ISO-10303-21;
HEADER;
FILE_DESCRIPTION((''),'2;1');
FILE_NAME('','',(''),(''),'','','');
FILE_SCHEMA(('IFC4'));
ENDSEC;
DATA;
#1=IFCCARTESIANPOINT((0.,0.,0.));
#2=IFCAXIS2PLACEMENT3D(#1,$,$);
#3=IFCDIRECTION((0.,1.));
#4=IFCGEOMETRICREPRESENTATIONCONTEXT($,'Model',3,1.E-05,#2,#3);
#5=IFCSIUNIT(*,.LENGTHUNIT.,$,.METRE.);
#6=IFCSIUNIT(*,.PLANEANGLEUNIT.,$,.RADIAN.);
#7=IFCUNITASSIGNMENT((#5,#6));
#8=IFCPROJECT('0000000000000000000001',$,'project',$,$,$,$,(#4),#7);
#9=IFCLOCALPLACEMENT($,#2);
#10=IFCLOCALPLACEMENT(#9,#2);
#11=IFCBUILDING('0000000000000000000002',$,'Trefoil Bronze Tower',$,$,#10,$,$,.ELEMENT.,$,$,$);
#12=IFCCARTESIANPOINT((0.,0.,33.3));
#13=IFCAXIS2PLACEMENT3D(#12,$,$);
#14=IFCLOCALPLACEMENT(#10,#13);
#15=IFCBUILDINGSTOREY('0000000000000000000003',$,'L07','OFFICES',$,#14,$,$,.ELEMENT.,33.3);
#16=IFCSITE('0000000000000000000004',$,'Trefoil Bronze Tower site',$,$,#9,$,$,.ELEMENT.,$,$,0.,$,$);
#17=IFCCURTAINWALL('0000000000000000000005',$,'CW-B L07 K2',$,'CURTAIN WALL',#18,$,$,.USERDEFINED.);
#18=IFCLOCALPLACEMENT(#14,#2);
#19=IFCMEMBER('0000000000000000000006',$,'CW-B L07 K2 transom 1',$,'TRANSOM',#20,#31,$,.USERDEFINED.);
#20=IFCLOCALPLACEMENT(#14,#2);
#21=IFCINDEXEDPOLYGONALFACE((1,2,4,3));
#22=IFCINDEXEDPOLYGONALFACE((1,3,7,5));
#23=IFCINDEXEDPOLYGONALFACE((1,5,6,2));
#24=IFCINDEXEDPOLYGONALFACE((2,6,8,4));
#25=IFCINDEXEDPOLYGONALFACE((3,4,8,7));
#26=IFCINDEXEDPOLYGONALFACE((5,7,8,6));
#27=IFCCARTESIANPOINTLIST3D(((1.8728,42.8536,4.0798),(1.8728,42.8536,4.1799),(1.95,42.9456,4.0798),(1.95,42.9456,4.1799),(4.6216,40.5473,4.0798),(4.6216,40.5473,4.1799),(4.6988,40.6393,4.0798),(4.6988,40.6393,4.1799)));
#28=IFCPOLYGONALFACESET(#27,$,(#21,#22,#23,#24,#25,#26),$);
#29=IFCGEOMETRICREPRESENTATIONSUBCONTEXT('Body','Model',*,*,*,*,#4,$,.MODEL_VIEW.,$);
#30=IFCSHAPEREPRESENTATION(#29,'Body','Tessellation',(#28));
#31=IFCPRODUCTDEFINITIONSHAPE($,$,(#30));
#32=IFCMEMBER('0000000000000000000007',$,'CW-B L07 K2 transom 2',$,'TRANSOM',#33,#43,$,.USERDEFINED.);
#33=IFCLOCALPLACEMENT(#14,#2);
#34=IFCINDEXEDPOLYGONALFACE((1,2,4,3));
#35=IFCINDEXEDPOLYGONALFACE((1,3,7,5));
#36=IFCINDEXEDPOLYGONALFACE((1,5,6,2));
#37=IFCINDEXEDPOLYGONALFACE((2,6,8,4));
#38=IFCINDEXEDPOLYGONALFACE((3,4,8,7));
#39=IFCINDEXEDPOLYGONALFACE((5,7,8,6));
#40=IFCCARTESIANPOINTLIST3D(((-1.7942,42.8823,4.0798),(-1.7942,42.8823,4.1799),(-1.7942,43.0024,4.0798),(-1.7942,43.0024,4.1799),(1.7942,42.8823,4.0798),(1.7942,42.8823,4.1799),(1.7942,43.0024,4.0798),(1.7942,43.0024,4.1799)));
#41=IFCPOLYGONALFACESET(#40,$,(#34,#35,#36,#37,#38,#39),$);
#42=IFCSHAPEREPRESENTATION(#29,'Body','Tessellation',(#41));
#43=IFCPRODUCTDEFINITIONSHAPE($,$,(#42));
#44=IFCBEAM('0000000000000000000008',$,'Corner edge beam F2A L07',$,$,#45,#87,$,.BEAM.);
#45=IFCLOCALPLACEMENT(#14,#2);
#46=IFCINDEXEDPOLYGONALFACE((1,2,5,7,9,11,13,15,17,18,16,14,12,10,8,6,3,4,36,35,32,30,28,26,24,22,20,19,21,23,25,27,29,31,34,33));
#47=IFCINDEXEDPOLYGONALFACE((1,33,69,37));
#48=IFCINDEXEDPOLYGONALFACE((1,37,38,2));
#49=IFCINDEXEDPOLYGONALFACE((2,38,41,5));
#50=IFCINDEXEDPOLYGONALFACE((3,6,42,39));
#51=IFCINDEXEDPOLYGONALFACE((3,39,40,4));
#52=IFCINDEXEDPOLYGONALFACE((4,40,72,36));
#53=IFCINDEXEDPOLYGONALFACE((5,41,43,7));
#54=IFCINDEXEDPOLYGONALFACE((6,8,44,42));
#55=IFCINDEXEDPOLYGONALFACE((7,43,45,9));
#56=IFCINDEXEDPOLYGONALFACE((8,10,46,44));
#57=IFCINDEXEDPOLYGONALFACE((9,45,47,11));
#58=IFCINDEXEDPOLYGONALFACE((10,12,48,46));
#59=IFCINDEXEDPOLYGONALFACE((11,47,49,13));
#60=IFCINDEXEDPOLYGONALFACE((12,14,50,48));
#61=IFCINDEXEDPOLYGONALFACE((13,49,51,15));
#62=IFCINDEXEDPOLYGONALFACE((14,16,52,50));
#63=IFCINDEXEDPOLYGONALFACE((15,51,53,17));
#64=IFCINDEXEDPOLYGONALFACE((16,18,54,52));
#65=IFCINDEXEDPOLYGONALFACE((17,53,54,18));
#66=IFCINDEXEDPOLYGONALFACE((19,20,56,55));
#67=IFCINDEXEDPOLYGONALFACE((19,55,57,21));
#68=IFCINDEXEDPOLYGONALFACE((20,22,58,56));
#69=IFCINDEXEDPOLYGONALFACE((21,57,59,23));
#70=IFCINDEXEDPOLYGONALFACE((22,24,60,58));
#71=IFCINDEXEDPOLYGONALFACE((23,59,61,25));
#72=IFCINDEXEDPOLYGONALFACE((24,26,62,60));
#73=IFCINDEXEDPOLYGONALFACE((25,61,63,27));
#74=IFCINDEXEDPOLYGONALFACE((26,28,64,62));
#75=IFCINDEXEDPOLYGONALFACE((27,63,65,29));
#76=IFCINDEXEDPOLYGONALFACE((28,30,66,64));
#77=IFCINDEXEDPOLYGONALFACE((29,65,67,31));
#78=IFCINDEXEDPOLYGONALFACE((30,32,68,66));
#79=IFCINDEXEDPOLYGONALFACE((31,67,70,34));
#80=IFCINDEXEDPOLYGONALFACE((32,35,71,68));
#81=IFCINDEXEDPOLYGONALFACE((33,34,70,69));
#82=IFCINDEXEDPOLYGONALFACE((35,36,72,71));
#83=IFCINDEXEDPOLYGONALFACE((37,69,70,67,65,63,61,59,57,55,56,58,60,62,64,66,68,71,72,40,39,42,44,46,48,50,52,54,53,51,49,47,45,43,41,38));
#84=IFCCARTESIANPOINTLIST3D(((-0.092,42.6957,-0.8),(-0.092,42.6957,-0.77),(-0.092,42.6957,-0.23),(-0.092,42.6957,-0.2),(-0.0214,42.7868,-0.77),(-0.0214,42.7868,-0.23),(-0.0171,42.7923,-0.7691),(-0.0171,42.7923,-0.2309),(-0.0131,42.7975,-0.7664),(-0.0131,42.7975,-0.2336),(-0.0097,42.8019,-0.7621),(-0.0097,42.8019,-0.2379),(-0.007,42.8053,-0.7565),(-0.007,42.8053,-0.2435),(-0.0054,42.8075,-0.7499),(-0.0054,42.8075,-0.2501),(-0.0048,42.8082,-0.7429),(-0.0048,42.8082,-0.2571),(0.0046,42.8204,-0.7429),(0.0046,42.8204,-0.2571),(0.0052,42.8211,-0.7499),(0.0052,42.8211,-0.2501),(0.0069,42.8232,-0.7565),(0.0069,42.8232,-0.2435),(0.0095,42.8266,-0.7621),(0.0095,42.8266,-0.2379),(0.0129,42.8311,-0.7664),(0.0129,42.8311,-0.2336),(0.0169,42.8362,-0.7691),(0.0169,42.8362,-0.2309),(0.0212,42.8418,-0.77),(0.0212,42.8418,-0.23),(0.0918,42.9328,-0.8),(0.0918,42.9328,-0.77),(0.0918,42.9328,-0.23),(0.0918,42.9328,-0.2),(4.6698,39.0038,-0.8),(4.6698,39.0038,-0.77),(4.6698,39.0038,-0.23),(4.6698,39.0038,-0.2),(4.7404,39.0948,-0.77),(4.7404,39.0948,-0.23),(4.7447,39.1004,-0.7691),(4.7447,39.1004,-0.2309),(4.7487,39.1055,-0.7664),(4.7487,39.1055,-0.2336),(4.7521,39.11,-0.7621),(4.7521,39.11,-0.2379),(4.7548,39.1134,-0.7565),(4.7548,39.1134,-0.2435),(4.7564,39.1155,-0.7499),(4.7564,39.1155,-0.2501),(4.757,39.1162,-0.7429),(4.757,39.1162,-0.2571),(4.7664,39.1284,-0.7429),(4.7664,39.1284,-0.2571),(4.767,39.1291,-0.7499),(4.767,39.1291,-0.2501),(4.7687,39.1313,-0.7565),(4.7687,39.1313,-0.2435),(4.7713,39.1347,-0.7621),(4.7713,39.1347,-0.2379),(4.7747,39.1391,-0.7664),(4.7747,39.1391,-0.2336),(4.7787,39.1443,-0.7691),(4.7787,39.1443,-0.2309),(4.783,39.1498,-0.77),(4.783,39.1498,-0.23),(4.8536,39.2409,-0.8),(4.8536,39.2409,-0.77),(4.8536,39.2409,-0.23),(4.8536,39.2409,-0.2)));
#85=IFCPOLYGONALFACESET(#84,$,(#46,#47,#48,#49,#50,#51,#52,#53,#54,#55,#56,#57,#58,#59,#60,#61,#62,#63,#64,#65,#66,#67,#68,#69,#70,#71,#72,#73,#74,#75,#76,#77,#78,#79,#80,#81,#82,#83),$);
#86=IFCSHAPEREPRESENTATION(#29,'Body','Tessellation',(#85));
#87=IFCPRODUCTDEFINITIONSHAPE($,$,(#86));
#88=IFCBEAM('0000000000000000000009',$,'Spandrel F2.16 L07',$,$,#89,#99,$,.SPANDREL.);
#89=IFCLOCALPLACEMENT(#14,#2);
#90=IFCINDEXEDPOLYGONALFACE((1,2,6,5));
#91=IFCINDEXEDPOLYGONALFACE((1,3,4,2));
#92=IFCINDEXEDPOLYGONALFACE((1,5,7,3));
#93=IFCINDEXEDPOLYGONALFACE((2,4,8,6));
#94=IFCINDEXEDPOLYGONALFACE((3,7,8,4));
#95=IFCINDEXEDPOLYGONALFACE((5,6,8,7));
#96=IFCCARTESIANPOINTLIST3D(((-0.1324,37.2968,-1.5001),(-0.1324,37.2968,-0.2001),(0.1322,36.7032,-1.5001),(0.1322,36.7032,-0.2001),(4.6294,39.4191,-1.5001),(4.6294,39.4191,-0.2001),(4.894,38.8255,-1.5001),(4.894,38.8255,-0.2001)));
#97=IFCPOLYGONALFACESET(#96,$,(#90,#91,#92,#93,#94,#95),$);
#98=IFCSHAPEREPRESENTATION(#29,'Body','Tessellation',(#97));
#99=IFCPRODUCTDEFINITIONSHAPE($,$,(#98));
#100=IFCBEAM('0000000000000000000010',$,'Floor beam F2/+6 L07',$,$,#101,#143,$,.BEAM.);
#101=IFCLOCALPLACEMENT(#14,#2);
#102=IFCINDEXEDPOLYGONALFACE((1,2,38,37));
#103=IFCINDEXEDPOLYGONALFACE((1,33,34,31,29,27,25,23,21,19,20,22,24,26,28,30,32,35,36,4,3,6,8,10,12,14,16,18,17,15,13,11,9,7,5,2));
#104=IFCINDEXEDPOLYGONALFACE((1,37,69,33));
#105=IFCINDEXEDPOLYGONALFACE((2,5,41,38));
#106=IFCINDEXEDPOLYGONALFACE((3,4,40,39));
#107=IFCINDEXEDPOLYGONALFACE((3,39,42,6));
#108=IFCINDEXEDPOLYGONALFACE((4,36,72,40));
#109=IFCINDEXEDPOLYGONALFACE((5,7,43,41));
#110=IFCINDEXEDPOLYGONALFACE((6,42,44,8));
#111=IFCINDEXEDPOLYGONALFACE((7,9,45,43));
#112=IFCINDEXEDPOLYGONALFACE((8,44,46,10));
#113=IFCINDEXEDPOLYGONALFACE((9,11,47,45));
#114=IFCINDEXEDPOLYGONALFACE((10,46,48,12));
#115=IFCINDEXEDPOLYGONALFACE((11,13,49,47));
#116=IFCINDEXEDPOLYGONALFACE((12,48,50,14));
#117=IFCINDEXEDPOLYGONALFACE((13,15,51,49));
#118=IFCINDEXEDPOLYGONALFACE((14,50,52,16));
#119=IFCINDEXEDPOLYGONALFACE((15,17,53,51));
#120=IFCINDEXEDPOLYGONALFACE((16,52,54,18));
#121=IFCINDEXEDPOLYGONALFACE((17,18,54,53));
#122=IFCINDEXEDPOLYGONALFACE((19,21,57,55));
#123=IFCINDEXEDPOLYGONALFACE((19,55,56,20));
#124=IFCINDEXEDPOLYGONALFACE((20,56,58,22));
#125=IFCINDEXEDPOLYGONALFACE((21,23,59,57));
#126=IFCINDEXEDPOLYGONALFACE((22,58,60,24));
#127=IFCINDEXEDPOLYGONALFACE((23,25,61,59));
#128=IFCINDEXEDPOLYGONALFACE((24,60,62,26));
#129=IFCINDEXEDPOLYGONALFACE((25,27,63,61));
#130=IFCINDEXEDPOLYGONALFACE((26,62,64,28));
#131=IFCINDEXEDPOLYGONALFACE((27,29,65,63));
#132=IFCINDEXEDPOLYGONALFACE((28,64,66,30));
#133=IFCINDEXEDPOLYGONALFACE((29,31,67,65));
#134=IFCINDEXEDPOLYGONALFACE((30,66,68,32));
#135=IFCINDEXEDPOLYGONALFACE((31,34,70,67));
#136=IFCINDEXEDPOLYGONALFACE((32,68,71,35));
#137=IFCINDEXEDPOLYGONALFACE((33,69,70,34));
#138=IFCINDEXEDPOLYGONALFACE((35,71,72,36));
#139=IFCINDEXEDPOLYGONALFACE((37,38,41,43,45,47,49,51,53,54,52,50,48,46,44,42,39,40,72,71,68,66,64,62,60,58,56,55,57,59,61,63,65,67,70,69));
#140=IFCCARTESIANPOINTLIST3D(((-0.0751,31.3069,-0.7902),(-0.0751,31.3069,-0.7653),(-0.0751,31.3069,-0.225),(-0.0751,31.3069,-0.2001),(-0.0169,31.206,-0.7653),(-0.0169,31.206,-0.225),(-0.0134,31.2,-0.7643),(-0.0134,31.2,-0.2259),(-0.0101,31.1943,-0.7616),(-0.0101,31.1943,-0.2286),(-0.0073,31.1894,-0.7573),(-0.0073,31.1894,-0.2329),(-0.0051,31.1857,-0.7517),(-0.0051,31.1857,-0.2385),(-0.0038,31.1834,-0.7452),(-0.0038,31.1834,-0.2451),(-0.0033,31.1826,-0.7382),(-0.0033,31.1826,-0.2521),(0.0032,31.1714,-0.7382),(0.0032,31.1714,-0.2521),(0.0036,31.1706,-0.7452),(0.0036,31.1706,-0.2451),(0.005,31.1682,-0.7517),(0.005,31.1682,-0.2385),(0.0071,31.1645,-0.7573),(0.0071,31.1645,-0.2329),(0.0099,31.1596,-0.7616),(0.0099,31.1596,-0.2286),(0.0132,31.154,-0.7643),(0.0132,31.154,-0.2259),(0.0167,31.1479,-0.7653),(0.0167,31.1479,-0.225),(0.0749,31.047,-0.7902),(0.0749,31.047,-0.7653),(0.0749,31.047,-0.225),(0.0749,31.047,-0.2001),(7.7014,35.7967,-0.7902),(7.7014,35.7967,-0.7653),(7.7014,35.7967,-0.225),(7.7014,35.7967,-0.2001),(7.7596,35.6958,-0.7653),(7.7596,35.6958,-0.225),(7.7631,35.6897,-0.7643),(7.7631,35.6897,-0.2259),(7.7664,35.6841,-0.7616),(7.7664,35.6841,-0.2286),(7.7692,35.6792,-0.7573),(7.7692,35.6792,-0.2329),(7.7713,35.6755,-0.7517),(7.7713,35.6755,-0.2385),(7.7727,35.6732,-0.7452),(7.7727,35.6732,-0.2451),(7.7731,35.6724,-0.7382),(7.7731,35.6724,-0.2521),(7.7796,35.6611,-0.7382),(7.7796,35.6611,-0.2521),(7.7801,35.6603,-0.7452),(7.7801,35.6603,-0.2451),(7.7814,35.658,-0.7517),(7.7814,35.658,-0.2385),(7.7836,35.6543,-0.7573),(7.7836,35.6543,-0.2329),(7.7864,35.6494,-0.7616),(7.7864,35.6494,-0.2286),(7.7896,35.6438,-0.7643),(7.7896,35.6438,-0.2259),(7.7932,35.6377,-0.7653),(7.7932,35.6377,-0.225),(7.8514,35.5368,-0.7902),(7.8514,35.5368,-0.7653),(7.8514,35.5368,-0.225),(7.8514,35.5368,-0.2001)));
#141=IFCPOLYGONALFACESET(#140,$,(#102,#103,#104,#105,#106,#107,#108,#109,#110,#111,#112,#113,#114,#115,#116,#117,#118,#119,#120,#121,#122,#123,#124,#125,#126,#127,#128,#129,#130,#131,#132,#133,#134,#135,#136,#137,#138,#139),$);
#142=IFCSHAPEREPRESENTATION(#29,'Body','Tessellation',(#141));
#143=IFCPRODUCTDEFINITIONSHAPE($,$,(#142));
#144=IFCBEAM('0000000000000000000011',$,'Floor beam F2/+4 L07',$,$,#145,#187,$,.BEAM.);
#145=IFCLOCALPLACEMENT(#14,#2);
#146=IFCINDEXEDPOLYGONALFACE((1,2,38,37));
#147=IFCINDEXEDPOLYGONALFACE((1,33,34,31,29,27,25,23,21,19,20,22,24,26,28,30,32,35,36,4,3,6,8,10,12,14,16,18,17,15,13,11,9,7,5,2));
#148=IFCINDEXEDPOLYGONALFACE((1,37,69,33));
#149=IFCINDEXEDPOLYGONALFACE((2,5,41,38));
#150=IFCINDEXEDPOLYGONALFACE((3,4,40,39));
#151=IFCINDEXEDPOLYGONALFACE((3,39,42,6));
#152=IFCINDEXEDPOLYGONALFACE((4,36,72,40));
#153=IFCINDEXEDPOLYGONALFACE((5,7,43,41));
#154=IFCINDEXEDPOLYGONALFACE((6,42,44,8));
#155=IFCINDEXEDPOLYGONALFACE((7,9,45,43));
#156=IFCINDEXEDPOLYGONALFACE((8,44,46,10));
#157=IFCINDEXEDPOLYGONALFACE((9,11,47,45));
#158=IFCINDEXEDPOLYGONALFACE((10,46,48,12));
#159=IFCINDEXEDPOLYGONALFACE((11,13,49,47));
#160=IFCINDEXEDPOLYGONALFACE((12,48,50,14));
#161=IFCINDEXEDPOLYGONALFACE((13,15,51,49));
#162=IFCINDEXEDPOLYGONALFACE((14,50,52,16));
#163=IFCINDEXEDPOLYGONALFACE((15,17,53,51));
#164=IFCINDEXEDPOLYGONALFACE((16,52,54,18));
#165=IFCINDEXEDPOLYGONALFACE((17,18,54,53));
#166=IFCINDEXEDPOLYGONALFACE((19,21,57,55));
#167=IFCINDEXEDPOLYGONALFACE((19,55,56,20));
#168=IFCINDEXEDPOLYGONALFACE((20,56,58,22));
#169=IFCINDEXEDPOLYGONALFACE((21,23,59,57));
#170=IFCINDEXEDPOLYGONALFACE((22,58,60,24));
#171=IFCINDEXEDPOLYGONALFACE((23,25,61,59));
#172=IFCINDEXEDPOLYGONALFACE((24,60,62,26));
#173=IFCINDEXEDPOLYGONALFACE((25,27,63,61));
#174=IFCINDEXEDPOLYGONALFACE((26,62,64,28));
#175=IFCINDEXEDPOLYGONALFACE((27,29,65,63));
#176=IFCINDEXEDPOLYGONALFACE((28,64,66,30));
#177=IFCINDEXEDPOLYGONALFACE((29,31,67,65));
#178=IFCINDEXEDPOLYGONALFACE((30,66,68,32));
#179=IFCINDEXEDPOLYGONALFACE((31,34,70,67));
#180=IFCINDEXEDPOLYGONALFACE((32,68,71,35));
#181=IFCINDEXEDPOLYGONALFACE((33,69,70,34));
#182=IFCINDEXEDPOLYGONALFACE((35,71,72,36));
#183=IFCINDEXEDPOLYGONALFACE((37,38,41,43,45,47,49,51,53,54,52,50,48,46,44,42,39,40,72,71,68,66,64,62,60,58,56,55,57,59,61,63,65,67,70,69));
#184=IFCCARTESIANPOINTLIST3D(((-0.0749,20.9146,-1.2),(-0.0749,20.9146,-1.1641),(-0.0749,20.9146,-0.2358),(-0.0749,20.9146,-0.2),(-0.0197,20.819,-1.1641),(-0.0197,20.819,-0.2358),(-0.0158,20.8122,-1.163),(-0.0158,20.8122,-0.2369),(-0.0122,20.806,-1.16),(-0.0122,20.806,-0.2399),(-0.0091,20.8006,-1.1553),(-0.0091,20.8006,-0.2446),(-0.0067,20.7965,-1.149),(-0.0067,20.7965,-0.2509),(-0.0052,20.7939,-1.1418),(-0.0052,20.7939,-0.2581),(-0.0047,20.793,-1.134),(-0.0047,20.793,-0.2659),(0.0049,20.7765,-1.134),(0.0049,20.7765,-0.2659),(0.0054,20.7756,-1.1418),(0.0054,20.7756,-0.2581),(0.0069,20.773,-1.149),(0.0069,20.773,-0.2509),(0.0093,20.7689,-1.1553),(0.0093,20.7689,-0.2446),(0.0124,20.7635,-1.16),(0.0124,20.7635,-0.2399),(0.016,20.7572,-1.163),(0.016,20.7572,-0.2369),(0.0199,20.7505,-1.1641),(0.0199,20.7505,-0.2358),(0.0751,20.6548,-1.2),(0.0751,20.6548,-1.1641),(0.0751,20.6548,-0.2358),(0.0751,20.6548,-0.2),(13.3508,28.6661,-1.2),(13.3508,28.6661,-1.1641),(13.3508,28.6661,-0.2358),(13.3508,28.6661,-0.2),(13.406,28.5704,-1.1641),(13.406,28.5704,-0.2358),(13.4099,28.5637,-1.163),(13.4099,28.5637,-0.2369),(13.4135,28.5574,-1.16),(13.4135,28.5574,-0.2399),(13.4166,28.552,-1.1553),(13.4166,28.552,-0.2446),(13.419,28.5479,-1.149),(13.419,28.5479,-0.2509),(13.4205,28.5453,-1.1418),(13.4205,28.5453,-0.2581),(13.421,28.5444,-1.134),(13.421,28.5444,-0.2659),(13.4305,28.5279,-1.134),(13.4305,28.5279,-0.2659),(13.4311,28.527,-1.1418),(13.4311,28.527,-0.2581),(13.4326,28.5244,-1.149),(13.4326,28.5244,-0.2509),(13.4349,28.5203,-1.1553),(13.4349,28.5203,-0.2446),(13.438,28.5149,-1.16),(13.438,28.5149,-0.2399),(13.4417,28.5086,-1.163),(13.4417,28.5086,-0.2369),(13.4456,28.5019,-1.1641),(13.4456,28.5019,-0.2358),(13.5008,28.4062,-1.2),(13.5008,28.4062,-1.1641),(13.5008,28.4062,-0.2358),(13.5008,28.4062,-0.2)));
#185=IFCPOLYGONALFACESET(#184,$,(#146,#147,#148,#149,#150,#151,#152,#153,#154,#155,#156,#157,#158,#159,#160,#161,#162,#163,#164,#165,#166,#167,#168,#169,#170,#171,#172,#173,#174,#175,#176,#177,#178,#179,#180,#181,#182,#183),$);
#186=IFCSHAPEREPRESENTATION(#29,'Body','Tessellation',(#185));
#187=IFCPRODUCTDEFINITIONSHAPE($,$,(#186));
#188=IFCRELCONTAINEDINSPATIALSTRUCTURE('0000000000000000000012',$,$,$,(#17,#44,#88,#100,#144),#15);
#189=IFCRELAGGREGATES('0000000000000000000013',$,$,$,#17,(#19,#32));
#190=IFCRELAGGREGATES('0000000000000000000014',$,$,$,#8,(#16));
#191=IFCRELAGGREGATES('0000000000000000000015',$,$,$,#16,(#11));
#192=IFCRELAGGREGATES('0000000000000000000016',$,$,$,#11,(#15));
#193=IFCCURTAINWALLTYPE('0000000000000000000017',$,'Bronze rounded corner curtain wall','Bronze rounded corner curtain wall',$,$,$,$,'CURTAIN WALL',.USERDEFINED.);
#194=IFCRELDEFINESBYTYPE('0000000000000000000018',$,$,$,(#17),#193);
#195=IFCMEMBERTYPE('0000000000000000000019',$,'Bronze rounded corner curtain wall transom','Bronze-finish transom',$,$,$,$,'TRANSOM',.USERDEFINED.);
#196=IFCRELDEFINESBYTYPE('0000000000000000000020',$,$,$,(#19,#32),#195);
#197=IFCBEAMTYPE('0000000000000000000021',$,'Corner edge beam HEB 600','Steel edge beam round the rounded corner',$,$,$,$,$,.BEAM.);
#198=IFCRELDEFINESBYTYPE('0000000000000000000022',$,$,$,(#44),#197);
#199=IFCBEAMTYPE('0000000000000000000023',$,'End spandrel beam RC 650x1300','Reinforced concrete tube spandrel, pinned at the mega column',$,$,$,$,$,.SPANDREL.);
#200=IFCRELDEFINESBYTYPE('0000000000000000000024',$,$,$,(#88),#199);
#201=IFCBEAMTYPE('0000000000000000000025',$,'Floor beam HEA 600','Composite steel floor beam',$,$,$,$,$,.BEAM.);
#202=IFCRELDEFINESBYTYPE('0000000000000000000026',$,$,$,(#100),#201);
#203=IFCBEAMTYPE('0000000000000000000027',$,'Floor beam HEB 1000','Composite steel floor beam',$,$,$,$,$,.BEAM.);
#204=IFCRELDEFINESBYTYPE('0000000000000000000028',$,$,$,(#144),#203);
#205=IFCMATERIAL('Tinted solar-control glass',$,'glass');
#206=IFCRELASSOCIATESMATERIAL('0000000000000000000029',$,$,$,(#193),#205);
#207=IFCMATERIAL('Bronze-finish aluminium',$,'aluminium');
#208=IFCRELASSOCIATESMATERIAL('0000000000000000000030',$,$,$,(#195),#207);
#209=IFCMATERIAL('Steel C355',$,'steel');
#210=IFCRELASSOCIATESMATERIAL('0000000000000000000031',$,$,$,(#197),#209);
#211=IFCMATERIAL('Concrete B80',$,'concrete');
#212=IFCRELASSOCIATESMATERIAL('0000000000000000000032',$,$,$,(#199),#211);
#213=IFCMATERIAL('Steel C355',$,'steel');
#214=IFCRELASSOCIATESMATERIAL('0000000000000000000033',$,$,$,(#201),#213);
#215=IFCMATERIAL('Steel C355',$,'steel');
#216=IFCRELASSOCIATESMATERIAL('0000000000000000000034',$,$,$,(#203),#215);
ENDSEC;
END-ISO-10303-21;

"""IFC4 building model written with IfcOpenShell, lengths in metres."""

from ifc_helpers import new_model, si_unit, direction, frame, origin, origin_2d, place, context, subcontext, project, spatial, rectangle, i_section, extrude, material, material_profile, profile_set, type_object, element, aggregate, save


model = new_model("IFC4")

# Units and contexts
model_context = context("Model", 3, precision=1e-05, world=origin(), true_north=direction((0.0, 1.0)))
body_context = subcontext(model_context, "Body", "Model", "MODEL_VIEW")
ifc_project = project(units=[si_unit("LENGTHUNIT", "METRE"), si_unit("PLANEANGLEUNIT", "RADIAN")], contexts=[model_context])

# Site, building, storey
site_placement = place(None, origin())
site = spatial("IfcSite", under=ifc_project, at=site_placement, Name="Trefoil Bronze Tower site", CompositionType="ELEMENT", RefElevation=0.0)
building_placement = place(site_placement, origin())
building = spatial("IfcBuilding", under=site, at=building_placement, Name="Trefoil Bronze Tower", CompositionType="ELEMENT")
storey_placement = place(building_placement, frame((0.0, 0.0, 33.3)))
storey = spatial("IfcBuildingStorey", under=building, at=storey_placement, Name="L07", Description="OFFICES", CompositionType="ELEMENT", Elevation=33.3)

# Curtain wall, members
ifc_material_1 = material(Name="Tinted solar-control glass", Category="glass")
curtain_wall_type_1 = type_object("IfcCurtainWallType", Name="Bronze rounded corner curtain wall", Description="Bronze rounded corner curtain wall", ElementType="CURTAIN WALL", PredefinedType="USERDEFINED", material=ifc_material_1)
curtain_wall_1_placement = place(storey_placement, origin())
curtain_wall_1 = element("IfcCurtainWall", 1, at=curtain_wall_1_placement, inside=storey, type_object=curtain_wall_type_1, Name="CW-B L07 K2", ObjectType="CURTAIN WALL", PredefinedType="USERDEFINED")
ifc_material_2 = material(Name="Bronze-finish aluminium", Category="aluminium")
ifc_material_profile_1 = material_profile(ifc_material_2, rectangle(XDim=0.1201, YDim=0.1001, at=origin_2d()), Name="CW-B transom")
ifc_profile_set_1 = profile_set([ifc_material_profile_1], Name="Bronze-finish aluminium")
member_type_1 = type_object("IfcMemberType", Name="Bronze rounded corner curtain wall transom", Description="Bronze-finish transom", ElementType="TRANSOM", PredefinedType="USERDEFINED", material=ifc_profile_set_1)
member_1_placement = place(storey_placement, frame((4.6602, 40.5933, 4.1299), z_axis=(-0.766059, 0.642771, 0.0), x_axis=(-0.642771, -0.766059, 0.0)))
member_1 = element("IfcMember", 2, at=member_1_placement, type_object=member_type_1, Name="CW-B L07 K2 transom 1", ObjectType="TRANSOM", PredefinedType="USERDEFINED", context=body_context, shape_type="SweptSolid", body=[
    extrude(rectangle(XDim=0.1201, YDim=0.1001, at=origin_2d()), origin(), (0.0, 0.0, 1.0), 3.5881),
])
member_2_placement = place(storey_placement, frame((1.7942, 42.9424, 4.1299), z_axis=(-1.0, 0.0, 0.0), x_axis=(0.0, -1.0, 0.0)))
member_2 = element("IfcMember", 3, at=member_2_placement, type_object=member_type_1, Name="CW-B L07 K2 transom 2", ObjectType="TRANSOM", PredefinedType="USERDEFINED", context=body_context, shape_type="SweptSolid", body=[
    extrude(rectangle(XDim=0.1201, YDim=0.1001, at=origin_2d()), origin(), (0.0, 0.0, 1.0), 3.5884),
])

# Beams
ifc_material_3 = material(Name="Steel C355", Category="steel")
ifc_material_profile_2 = material_profile(ifc_material_3, i_section(OverallWidth=0.3, OverallDepth=0.6001, WebThickness=0.0154, FlangeThickness=0.03, FilletRadius=0.0271, at=origin_2d()), Name="HEB 600")
ifc_profile_set_2 = profile_set([ifc_material_profile_2], Name="Steel C355")
beam_type_1 = type_object("IfcBeamType", Name="Corner edge beam HEB 600", Description="Steel edge beam round the rounded corner", PredefinedType="BEAM", material=ifc_profile_set_2)
beam_1_placement = place(storey_placement, frame((4.7617, 39.1223, -0.5), z_axis=(-0.790289, 0.612734, 0.0), x_axis=(-0.612734, -0.790289, 0.0)))
element("IfcBeam", 4, at=beam_1_placement, inside=storey, type_object=beam_type_1, Name="Corner edge beam F2A L07", PredefinedType="BEAM", context=body_context, shape_type="SweptSolid", body=[
    extrude(i_section(OverallWidth=0.3, OverallDepth=0.6001, WebThickness=0.0154, FlangeThickness=0.03, FilletRadius=0.0271, at=origin_2d()), origin(), (0.0, 0.0, 1.0), 6.0254),
])
ifc_material_4 = material(Name="Concrete B80", Category="concrete")
ifc_material_profile_3 = material_profile(ifc_material_4, rectangle(XDim=0.6499, YDim=1.3, at=origin_2d()), Name="RC 650x1300")
ifc_profile_set_3 = profile_set([ifc_material_profile_3], Name="Concrete B80")
beam_type_2 = type_object("IfcBeamType", Name="End spandrel beam RC 650x1300", Description="Reinforced concrete tube spandrel, pinned at the mega column", PredefinedType="SPANDREL", material=ifc_profile_set_3)
beam_2_placement = place(storey_placement, frame((4.7617, 39.1223, -0.8501), z_axis=(-0.913384, -0.407099, 0.0), x_axis=(0.407099, -0.913384, 0.0)))
element("IfcBeam", 5, at=beam_2_placement, inside=storey, type_object=beam_type_2, Name="Spandrel F2.16 L07", PredefinedType="SPANDREL", context=body_context, shape_type="SweptSolid", body=[
    extrude(rectangle(XDim=0.6499, YDim=1.3, at=origin_2d()), origin(), (0.0, 0.0, 1.0), 5.2134),
])
ifc_material_5 = material(Name="Steel C355", Category="steel")
ifc_material_profile_4 = material_profile(ifc_material_5, i_section(OverallWidth=0.3, OverallDepth=0.5901, WebThickness=0.0129, FlangeThickness=0.0249, FilletRadius=0.0271, at=origin_2d()), Name="HEA 600")
ifc_profile_set_4 = profile_set([ifc_material_profile_4], Name="Steel C355")
beam_type_3 = type_object("IfcBeamType", Name="Floor beam HEA 600", Description="Composite steel floor beam", PredefinedType="BEAM", material=ifc_profile_set_4)
beam_3_placement = place(storey_placement, frame((7.7764, 35.6667, -0.4951), z_axis=(-0.866023, -0.500005, 0.0), x_axis=(0.500005, -0.866023, 0.0)))
element("IfcBeam", 6, at=beam_3_placement, inside=storey, type_object=beam_type_3, Name="Floor beam F2/+6 L07", PredefinedType="BEAM", context=body_context, shape_type="SweptSolid", body=[
    extrude(i_section(OverallWidth=0.3, OverallDepth=0.5901, WebThickness=0.0129, FlangeThickness=0.0249, FilletRadius=0.0271, at=origin_2d()), origin(), (0.0, 0.0, 1.0), 8.9795),
])
ifc_material_6 = material(Name="Steel C355", Category="steel")
ifc_material_profile_5 = material_profile(ifc_material_6, i_section(OverallWidth=0.3, OverallDepth=1.0, WebThickness=0.019, FlangeThickness=0.0359, FilletRadius=0.03, at=origin_2d()), Name="HEB 1000")
ifc_profile_set_5 = profile_set([ifc_material_profile_5], Name="Steel C355")
beam_type_4 = type_object("IfcBeamType", Name="Floor beam HEB 1000", Description="Composite steel floor beam", PredefinedType="BEAM", material=ifc_profile_set_5)
beam_4_placement = place(storey_placement, frame((13.4258, 28.5361, -0.7), z_axis=(-0.866023, -0.500004, 0.0), x_axis=(0.500004, -0.866023, 0.0)))
element("IfcBeam", 7, at=beam_4_placement, inside=storey, type_object=beam_type_4, Name="Floor beam F2/+4 L07", PredefinedType="BEAM", context=body_context, shape_type="SweptSolid", body=[
    extrude(i_section(OverallWidth=0.3, OverallDepth=1.0, WebThickness=0.019, FlangeThickness=0.0359, FilletRadius=0.03, at=origin_2d()), origin(), (0.0, 0.0, 1.0), 15.5027),
])

aggregate(curtain_wall_1, [member_1, member_2])

save(model, "model.ifc")
